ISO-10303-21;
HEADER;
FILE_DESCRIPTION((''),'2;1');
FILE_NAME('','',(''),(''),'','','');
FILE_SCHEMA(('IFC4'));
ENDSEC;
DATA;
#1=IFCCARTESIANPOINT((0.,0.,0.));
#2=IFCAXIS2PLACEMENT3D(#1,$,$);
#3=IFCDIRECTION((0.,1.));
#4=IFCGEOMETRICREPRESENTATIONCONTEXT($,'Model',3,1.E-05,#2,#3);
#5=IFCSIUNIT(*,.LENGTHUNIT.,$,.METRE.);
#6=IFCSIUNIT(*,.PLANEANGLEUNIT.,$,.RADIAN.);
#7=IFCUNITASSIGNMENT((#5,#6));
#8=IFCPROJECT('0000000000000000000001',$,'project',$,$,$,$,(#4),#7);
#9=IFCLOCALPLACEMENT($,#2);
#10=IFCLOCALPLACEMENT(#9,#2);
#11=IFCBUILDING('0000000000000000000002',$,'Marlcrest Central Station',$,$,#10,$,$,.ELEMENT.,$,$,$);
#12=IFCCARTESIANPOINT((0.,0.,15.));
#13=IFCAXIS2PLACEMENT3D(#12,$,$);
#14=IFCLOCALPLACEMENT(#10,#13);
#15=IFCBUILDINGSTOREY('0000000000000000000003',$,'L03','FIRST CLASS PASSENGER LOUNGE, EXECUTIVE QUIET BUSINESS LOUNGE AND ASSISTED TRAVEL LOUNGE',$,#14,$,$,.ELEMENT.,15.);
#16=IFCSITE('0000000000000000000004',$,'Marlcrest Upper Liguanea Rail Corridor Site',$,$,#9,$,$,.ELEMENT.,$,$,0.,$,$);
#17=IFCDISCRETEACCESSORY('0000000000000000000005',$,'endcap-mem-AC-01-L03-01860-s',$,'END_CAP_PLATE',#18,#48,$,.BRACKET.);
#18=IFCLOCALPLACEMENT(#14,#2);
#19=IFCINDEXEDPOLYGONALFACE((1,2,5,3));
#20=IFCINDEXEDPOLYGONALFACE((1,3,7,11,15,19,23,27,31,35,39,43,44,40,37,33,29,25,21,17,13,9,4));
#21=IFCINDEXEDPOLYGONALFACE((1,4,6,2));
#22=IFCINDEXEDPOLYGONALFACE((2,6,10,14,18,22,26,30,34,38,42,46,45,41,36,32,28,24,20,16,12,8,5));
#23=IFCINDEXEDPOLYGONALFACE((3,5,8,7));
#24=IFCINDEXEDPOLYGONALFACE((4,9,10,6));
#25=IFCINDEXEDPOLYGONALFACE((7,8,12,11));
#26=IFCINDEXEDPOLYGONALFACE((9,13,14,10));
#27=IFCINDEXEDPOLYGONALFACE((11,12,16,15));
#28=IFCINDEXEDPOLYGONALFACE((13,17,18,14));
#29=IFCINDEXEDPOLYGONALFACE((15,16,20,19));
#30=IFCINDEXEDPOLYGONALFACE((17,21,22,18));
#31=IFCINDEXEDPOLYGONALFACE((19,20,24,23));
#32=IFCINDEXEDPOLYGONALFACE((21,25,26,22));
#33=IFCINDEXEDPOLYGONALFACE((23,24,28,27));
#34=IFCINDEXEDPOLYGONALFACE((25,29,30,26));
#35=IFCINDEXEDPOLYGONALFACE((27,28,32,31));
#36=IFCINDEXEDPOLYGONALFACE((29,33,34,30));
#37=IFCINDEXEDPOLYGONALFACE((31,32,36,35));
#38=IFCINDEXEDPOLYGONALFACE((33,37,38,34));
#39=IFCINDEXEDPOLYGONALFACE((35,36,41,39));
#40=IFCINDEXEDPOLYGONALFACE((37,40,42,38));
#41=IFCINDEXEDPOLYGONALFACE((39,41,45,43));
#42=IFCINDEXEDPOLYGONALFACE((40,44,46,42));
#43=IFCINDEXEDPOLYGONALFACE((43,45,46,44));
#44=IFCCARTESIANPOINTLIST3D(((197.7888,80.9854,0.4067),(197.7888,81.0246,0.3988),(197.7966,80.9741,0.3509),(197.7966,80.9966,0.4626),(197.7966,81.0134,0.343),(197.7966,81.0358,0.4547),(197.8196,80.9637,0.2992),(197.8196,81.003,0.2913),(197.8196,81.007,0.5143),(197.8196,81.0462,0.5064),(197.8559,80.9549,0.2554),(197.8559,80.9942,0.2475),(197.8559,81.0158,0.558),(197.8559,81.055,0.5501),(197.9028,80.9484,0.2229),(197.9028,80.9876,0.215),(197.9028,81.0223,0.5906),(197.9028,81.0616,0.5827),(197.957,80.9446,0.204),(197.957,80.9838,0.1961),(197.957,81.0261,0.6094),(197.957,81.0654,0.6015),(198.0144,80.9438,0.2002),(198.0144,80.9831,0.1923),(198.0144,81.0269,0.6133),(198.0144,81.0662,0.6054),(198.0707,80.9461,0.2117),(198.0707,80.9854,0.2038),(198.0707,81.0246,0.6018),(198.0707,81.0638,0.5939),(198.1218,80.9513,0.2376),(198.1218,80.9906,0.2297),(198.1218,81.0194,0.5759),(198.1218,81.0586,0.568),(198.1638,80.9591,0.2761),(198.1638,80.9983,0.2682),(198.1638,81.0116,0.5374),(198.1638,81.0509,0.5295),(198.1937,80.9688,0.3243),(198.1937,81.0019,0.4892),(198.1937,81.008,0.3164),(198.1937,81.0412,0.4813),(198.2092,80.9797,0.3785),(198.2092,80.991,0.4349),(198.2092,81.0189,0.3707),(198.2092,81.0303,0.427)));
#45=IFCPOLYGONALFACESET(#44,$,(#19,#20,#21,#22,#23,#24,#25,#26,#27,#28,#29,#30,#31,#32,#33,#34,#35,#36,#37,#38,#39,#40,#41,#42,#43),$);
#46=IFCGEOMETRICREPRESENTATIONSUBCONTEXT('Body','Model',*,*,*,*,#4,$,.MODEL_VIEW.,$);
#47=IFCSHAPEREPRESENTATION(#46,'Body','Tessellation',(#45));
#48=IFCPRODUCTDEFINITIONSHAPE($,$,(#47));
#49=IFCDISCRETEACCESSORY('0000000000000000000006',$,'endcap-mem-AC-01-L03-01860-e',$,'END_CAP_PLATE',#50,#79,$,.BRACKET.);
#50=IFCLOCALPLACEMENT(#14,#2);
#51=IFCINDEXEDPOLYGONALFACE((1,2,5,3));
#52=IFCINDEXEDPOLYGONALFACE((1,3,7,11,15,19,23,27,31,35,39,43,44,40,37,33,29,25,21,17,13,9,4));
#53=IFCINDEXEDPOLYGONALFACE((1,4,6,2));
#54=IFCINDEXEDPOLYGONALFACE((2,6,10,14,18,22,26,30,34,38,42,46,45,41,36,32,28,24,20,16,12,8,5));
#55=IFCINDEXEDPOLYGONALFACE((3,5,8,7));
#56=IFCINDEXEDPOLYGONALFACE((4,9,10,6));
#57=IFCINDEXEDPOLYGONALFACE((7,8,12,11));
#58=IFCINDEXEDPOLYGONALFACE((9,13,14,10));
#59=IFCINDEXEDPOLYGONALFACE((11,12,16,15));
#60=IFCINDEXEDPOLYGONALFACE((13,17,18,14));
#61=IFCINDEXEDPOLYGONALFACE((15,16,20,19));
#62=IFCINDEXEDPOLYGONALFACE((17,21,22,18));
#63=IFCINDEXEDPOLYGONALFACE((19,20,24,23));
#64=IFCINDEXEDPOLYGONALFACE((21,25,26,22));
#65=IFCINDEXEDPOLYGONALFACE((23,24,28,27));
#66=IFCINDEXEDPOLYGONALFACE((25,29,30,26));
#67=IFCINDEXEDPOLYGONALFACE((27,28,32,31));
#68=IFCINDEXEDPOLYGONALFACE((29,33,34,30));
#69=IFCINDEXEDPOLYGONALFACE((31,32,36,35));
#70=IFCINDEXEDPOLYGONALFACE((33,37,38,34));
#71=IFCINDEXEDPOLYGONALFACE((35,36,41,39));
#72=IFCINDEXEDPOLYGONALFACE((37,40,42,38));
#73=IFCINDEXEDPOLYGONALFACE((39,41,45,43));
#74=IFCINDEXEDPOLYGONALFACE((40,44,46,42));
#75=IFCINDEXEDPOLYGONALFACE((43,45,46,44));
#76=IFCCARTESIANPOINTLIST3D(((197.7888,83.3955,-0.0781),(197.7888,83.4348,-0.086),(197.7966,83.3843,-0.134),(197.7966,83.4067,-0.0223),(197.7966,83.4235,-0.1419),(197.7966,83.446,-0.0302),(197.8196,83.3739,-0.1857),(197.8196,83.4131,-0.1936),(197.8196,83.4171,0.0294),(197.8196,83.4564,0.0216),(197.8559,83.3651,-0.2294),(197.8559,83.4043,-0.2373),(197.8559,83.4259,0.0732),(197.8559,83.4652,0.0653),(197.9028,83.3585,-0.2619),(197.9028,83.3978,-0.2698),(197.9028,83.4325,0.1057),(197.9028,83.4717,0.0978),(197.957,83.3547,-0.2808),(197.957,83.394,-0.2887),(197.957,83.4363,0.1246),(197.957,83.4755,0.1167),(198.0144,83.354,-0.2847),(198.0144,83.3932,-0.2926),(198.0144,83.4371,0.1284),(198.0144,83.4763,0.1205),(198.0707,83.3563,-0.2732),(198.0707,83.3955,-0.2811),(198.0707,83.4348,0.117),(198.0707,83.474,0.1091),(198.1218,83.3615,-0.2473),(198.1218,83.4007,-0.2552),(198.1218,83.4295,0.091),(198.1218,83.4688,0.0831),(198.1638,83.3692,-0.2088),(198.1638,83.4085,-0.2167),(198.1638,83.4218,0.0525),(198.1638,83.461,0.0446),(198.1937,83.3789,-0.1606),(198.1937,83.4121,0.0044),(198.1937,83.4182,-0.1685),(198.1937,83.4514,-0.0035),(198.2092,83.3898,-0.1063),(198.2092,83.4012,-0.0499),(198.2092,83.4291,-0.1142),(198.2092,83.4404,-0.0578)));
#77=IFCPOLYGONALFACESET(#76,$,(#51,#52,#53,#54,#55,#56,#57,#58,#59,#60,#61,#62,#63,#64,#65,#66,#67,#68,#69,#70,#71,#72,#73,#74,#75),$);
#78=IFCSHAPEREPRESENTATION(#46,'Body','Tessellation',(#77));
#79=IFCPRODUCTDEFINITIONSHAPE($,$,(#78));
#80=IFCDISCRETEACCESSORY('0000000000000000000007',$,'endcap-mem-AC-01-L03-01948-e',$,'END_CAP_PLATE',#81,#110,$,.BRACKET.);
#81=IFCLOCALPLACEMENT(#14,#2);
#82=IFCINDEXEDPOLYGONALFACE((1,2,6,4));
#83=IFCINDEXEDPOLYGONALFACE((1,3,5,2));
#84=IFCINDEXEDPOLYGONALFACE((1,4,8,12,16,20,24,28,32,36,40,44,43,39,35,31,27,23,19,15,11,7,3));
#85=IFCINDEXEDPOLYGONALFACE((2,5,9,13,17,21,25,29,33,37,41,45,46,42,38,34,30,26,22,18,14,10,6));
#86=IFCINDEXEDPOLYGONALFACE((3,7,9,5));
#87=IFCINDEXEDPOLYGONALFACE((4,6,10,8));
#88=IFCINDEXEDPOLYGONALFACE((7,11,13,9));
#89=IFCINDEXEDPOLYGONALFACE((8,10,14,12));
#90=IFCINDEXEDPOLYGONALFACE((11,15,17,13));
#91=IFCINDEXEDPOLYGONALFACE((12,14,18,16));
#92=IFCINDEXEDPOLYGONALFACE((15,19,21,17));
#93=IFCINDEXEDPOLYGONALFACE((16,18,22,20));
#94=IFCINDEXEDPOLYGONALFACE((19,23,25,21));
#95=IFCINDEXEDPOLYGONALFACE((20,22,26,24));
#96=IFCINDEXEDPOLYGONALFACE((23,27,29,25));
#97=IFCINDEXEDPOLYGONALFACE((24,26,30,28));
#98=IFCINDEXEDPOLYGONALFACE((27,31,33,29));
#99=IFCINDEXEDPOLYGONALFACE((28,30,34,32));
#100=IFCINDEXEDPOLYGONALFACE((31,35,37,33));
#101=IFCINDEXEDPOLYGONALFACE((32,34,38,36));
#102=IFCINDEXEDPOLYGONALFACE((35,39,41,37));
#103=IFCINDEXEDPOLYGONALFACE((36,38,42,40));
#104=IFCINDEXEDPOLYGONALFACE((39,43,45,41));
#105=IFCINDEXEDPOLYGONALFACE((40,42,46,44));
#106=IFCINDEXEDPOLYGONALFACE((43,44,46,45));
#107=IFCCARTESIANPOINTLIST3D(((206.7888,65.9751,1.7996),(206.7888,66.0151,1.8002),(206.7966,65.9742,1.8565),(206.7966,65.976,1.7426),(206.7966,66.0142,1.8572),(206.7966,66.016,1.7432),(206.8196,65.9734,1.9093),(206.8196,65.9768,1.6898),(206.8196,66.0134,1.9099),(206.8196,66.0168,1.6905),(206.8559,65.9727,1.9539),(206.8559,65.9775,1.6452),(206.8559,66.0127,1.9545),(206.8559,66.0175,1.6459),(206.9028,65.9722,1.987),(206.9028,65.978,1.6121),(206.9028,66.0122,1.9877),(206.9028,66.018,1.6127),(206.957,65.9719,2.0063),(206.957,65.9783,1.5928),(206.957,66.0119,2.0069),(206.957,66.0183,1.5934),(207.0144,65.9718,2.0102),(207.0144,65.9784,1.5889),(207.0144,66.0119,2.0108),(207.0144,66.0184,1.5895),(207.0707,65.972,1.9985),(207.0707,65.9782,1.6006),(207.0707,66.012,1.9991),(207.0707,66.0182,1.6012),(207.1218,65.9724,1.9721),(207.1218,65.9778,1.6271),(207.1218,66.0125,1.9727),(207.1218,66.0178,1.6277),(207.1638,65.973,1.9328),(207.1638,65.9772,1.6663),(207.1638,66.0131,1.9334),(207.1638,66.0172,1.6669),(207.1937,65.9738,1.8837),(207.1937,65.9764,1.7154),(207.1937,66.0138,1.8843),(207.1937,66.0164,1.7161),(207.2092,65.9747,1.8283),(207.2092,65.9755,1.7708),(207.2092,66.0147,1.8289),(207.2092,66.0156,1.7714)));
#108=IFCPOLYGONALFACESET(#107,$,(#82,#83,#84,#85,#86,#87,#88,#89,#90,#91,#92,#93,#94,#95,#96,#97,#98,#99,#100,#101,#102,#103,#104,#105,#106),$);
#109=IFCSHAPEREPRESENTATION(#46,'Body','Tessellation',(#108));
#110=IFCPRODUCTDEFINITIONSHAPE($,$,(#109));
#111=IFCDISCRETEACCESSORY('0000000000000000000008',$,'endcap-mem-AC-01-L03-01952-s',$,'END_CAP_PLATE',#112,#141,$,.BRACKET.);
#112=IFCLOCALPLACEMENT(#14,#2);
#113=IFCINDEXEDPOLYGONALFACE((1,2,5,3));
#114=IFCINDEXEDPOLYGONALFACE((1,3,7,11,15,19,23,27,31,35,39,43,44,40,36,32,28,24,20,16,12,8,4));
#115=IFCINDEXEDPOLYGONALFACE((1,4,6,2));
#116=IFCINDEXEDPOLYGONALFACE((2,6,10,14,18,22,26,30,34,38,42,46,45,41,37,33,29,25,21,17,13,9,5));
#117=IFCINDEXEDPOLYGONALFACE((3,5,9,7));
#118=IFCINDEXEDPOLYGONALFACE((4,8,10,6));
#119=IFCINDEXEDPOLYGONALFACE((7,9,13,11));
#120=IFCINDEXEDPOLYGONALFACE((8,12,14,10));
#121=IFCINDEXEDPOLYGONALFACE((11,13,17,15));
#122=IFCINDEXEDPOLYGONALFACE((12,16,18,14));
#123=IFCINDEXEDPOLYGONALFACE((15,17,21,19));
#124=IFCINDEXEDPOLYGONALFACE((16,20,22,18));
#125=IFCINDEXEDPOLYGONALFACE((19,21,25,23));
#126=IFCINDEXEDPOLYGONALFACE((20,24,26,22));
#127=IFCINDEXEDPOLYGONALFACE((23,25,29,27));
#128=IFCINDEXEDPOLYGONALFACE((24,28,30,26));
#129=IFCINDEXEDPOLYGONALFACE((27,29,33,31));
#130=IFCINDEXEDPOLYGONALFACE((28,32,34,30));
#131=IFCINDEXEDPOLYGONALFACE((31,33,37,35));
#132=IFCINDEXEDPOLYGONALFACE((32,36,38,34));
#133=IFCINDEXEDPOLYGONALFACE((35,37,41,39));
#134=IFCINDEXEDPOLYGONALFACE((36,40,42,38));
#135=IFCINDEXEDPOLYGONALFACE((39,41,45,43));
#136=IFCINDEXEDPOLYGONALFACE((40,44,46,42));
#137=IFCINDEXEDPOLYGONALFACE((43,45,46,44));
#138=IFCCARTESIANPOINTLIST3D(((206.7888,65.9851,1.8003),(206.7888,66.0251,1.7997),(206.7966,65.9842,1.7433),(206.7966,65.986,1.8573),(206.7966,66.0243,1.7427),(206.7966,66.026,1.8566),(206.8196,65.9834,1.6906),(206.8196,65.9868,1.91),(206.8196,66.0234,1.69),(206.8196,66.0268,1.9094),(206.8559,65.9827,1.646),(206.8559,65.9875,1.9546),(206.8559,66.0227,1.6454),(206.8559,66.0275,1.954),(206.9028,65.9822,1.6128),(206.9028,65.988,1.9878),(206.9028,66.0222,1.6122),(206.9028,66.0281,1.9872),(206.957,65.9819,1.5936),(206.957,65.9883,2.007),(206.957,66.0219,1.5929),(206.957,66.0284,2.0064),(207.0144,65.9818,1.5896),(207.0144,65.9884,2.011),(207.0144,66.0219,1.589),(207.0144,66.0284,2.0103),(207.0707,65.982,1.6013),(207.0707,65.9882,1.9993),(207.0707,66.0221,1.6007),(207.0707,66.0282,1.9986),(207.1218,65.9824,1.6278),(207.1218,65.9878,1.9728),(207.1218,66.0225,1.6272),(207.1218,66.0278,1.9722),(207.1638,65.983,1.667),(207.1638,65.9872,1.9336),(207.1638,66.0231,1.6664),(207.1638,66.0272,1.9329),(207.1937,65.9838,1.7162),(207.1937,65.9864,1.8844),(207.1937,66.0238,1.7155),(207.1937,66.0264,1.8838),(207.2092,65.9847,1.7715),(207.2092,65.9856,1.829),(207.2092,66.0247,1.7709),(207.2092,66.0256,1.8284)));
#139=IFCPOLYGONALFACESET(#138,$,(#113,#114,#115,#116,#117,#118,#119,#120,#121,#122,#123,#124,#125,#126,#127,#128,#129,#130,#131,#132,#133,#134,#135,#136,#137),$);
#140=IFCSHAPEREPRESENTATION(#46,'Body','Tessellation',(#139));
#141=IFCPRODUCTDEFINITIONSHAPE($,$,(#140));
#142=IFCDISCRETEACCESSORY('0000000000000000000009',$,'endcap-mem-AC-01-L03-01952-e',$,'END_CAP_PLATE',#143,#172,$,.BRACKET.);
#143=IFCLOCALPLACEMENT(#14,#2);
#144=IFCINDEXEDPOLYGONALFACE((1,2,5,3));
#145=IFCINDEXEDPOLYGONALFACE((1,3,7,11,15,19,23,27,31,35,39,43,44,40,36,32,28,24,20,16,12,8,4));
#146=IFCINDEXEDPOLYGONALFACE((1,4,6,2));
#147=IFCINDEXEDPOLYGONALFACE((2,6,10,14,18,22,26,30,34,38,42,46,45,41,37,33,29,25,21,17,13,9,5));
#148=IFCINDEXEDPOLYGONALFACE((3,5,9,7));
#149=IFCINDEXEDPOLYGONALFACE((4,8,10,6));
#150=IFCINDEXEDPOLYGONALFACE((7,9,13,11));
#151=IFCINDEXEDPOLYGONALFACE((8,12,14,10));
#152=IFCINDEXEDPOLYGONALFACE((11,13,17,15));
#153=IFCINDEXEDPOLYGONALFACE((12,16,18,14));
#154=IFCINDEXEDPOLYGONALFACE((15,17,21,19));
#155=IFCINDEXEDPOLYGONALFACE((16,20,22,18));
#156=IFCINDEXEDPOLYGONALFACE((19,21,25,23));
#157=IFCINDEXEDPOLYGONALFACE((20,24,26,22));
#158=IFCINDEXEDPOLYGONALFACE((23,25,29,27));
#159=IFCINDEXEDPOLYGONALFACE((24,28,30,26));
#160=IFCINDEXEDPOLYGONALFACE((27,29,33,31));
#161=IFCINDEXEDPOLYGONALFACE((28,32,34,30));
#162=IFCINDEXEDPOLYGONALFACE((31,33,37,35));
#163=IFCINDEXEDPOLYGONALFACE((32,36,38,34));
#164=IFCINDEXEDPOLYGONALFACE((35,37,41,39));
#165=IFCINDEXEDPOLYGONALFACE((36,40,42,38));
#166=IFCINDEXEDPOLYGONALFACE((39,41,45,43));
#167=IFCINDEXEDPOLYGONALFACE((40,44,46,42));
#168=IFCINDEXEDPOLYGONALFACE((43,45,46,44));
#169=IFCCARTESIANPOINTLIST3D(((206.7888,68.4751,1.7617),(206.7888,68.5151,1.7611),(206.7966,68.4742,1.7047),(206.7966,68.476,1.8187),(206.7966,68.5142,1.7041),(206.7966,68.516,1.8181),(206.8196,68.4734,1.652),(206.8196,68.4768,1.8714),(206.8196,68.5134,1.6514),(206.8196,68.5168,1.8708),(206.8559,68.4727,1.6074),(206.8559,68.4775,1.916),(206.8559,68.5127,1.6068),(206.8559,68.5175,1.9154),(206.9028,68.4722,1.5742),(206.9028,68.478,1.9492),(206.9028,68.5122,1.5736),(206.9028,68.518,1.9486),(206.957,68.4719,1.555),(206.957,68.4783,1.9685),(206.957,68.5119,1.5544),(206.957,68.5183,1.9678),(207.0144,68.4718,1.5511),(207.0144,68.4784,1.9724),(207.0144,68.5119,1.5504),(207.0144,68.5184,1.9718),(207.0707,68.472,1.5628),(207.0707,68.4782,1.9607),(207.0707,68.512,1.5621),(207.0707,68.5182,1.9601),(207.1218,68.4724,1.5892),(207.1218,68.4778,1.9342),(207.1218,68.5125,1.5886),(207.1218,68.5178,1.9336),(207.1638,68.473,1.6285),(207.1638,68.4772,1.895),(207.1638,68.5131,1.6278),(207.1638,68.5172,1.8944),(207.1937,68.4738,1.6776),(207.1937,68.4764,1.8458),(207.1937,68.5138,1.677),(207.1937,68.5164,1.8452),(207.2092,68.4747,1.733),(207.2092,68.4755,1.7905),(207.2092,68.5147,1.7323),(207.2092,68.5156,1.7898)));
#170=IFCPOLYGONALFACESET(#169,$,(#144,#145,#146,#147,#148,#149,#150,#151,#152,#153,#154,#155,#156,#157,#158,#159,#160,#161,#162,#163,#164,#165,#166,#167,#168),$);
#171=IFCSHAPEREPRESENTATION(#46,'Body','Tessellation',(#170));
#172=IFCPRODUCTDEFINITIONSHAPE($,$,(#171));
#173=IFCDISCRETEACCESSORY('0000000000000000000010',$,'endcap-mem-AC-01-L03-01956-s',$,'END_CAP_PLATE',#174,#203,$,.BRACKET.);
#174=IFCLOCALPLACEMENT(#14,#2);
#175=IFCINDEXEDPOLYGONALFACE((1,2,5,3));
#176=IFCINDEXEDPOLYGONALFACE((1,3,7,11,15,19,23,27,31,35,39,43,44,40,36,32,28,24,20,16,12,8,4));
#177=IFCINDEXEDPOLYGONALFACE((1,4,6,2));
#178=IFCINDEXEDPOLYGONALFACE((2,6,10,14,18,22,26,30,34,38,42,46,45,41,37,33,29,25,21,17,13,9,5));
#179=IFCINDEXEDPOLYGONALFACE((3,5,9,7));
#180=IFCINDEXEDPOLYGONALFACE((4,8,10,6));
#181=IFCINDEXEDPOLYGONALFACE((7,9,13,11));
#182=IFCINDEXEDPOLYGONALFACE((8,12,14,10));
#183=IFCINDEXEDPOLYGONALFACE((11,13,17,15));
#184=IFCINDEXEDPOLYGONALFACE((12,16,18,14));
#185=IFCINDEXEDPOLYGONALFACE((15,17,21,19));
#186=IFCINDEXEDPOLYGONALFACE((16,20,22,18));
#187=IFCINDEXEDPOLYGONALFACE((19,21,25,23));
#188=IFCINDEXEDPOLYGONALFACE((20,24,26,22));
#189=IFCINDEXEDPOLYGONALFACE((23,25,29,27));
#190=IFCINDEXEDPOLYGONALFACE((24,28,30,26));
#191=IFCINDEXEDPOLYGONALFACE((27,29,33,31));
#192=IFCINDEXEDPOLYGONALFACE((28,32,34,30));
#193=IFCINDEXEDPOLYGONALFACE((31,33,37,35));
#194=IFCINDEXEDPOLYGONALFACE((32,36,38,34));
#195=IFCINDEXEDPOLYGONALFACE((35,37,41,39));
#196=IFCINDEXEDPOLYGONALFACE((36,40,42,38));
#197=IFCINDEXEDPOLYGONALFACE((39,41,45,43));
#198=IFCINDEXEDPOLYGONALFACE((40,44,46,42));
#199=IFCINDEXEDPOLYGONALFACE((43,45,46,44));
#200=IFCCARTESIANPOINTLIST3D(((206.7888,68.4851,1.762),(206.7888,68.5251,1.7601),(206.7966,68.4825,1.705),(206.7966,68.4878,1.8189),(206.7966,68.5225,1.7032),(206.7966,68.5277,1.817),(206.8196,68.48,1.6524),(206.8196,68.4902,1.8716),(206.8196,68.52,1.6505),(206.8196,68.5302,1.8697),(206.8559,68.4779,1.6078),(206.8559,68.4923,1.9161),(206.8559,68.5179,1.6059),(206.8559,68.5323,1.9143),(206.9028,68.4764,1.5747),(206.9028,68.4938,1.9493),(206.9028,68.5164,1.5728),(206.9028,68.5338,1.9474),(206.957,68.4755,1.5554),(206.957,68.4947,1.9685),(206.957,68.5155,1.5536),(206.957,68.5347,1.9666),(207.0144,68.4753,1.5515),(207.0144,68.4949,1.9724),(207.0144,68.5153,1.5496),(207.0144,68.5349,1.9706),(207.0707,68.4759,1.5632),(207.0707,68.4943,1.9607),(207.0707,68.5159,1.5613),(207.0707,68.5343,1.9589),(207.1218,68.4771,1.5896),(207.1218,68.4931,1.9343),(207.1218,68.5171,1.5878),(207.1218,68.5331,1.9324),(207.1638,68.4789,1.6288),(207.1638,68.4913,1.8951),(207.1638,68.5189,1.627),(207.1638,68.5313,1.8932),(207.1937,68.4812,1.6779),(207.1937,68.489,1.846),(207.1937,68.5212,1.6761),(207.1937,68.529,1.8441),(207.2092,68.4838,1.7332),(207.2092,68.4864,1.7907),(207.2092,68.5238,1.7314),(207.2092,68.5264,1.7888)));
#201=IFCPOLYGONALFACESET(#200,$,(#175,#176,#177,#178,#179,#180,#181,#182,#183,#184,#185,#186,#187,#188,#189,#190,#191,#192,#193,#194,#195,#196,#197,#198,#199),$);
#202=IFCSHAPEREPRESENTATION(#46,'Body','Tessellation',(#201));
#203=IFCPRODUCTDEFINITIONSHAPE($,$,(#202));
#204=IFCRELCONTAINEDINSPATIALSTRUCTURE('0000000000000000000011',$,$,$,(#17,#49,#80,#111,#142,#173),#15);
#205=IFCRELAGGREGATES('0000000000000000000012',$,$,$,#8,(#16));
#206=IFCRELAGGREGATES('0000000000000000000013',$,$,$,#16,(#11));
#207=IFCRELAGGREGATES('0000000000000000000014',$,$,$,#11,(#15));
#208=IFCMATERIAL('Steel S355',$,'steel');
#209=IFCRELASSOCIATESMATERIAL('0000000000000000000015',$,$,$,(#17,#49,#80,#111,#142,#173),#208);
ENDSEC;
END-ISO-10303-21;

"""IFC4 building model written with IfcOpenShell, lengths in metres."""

from ifc_helpers import new_model, si_unit, direction, frame, origin, origin_2d, place, context, subcontext, project, spatial, circle, extrude, material, element, save


model = new_model("IFC4")

# Units and contexts
model_context = context("Model", 3, precision=1e-05, world=origin(), true_north=direction((0.0, 1.0)))
body_context = subcontext(model_context, "Body", "Model", "MODEL_VIEW")
ifc_project = project(units=[si_unit("LENGTHUNIT", "METRE"), si_unit("PLANEANGLEUNIT", "RADIAN")], contexts=[model_context])

# Site, building, storey
site_placement = place(None, origin())
site = spatial("IfcSite", under=ifc_project, at=site_placement, Name="Marlcrest Upper Liguanea Rail Corridor Site", CompositionType="ELEMENT", RefElevation=0.0)
building_placement = place(site_placement, origin())
building = spatial("IfcBuilding", under=site, at=building_placement, Name="Marlcrest Central Station", CompositionType="ELEMENT")
storey_placement = place(building_placement, frame((0.0, 0.0, 15.0)))
storey = spatial("IfcBuildingStorey", under=building, at=storey_placement, Name="L03", Description="FIRST CLASS PASSENGER LOUNGE, EXECUTIVE QUIET BUSINESS LOUNGE AND ASSISTED TRAVEL LOUNGE", CompositionType="ELEMENT", Elevation=15.0)

# Shared definitions
ifc_material_1 = material(Name="Steel S355", Category="steel")

# Discrete accessories
for number, where, z_axis, x_axis, name in (
    (1, (198.0, 80.9854, 0.4067), (0.0, 0.980359, -0.197219), (-1.0, 0.0, 0.0), "endcap-mem-AC-01-L03-01860-s"),
    (2, (198.0, 83.3955, -0.0781), (0.0, 0.980359, -0.197219), (-1.0, 0.0, 0.0), "endcap-mem-AC-01-L03-01860-e"),
    (3, (207.0, 65.9751, 1.7996), (0.0, 0.999879, 0.015525), (-1.0, 0.0, 0.0), "endcap-mem-AC-01-L03-01948-e"),
    (4, (207.0, 65.9851, 1.8003), (0.0, 0.999879, -0.015525), (-1.0, 0.0, 0.0), "endcap-mem-AC-01-L03-01952-s"),
    (5, (207.0, 68.4751, 1.7617), (0.0, 0.999879, -0.015525), (-1.0, 0.0, 0.0), "endcap-mem-AC-01-L03-01952-e"),
    (6, (207.0, 68.4851, 1.762), (0.0, 0.998921, -0.046434), (-1.0, 0.0, 0.0), "endcap-mem-AC-01-L03-01956-s"),
):
    element("IfcDiscreteAccessory", number, at=place(storey_placement, frame(where, z_axis=z_axis, x_axis=x_axis)), inside=storey, material=ifc_material_1, Name=name, ObjectType="END_CAP_PLATE", PredefinedType="BRACKET", context=body_context, shape_type="SweptSolid", body=[
        extrude(circle(Radius=0.2112, at=origin_2d()), origin(), (0.0, 0.0, 1.0), 0.04),
    ])

save(model, "model.ifc")
